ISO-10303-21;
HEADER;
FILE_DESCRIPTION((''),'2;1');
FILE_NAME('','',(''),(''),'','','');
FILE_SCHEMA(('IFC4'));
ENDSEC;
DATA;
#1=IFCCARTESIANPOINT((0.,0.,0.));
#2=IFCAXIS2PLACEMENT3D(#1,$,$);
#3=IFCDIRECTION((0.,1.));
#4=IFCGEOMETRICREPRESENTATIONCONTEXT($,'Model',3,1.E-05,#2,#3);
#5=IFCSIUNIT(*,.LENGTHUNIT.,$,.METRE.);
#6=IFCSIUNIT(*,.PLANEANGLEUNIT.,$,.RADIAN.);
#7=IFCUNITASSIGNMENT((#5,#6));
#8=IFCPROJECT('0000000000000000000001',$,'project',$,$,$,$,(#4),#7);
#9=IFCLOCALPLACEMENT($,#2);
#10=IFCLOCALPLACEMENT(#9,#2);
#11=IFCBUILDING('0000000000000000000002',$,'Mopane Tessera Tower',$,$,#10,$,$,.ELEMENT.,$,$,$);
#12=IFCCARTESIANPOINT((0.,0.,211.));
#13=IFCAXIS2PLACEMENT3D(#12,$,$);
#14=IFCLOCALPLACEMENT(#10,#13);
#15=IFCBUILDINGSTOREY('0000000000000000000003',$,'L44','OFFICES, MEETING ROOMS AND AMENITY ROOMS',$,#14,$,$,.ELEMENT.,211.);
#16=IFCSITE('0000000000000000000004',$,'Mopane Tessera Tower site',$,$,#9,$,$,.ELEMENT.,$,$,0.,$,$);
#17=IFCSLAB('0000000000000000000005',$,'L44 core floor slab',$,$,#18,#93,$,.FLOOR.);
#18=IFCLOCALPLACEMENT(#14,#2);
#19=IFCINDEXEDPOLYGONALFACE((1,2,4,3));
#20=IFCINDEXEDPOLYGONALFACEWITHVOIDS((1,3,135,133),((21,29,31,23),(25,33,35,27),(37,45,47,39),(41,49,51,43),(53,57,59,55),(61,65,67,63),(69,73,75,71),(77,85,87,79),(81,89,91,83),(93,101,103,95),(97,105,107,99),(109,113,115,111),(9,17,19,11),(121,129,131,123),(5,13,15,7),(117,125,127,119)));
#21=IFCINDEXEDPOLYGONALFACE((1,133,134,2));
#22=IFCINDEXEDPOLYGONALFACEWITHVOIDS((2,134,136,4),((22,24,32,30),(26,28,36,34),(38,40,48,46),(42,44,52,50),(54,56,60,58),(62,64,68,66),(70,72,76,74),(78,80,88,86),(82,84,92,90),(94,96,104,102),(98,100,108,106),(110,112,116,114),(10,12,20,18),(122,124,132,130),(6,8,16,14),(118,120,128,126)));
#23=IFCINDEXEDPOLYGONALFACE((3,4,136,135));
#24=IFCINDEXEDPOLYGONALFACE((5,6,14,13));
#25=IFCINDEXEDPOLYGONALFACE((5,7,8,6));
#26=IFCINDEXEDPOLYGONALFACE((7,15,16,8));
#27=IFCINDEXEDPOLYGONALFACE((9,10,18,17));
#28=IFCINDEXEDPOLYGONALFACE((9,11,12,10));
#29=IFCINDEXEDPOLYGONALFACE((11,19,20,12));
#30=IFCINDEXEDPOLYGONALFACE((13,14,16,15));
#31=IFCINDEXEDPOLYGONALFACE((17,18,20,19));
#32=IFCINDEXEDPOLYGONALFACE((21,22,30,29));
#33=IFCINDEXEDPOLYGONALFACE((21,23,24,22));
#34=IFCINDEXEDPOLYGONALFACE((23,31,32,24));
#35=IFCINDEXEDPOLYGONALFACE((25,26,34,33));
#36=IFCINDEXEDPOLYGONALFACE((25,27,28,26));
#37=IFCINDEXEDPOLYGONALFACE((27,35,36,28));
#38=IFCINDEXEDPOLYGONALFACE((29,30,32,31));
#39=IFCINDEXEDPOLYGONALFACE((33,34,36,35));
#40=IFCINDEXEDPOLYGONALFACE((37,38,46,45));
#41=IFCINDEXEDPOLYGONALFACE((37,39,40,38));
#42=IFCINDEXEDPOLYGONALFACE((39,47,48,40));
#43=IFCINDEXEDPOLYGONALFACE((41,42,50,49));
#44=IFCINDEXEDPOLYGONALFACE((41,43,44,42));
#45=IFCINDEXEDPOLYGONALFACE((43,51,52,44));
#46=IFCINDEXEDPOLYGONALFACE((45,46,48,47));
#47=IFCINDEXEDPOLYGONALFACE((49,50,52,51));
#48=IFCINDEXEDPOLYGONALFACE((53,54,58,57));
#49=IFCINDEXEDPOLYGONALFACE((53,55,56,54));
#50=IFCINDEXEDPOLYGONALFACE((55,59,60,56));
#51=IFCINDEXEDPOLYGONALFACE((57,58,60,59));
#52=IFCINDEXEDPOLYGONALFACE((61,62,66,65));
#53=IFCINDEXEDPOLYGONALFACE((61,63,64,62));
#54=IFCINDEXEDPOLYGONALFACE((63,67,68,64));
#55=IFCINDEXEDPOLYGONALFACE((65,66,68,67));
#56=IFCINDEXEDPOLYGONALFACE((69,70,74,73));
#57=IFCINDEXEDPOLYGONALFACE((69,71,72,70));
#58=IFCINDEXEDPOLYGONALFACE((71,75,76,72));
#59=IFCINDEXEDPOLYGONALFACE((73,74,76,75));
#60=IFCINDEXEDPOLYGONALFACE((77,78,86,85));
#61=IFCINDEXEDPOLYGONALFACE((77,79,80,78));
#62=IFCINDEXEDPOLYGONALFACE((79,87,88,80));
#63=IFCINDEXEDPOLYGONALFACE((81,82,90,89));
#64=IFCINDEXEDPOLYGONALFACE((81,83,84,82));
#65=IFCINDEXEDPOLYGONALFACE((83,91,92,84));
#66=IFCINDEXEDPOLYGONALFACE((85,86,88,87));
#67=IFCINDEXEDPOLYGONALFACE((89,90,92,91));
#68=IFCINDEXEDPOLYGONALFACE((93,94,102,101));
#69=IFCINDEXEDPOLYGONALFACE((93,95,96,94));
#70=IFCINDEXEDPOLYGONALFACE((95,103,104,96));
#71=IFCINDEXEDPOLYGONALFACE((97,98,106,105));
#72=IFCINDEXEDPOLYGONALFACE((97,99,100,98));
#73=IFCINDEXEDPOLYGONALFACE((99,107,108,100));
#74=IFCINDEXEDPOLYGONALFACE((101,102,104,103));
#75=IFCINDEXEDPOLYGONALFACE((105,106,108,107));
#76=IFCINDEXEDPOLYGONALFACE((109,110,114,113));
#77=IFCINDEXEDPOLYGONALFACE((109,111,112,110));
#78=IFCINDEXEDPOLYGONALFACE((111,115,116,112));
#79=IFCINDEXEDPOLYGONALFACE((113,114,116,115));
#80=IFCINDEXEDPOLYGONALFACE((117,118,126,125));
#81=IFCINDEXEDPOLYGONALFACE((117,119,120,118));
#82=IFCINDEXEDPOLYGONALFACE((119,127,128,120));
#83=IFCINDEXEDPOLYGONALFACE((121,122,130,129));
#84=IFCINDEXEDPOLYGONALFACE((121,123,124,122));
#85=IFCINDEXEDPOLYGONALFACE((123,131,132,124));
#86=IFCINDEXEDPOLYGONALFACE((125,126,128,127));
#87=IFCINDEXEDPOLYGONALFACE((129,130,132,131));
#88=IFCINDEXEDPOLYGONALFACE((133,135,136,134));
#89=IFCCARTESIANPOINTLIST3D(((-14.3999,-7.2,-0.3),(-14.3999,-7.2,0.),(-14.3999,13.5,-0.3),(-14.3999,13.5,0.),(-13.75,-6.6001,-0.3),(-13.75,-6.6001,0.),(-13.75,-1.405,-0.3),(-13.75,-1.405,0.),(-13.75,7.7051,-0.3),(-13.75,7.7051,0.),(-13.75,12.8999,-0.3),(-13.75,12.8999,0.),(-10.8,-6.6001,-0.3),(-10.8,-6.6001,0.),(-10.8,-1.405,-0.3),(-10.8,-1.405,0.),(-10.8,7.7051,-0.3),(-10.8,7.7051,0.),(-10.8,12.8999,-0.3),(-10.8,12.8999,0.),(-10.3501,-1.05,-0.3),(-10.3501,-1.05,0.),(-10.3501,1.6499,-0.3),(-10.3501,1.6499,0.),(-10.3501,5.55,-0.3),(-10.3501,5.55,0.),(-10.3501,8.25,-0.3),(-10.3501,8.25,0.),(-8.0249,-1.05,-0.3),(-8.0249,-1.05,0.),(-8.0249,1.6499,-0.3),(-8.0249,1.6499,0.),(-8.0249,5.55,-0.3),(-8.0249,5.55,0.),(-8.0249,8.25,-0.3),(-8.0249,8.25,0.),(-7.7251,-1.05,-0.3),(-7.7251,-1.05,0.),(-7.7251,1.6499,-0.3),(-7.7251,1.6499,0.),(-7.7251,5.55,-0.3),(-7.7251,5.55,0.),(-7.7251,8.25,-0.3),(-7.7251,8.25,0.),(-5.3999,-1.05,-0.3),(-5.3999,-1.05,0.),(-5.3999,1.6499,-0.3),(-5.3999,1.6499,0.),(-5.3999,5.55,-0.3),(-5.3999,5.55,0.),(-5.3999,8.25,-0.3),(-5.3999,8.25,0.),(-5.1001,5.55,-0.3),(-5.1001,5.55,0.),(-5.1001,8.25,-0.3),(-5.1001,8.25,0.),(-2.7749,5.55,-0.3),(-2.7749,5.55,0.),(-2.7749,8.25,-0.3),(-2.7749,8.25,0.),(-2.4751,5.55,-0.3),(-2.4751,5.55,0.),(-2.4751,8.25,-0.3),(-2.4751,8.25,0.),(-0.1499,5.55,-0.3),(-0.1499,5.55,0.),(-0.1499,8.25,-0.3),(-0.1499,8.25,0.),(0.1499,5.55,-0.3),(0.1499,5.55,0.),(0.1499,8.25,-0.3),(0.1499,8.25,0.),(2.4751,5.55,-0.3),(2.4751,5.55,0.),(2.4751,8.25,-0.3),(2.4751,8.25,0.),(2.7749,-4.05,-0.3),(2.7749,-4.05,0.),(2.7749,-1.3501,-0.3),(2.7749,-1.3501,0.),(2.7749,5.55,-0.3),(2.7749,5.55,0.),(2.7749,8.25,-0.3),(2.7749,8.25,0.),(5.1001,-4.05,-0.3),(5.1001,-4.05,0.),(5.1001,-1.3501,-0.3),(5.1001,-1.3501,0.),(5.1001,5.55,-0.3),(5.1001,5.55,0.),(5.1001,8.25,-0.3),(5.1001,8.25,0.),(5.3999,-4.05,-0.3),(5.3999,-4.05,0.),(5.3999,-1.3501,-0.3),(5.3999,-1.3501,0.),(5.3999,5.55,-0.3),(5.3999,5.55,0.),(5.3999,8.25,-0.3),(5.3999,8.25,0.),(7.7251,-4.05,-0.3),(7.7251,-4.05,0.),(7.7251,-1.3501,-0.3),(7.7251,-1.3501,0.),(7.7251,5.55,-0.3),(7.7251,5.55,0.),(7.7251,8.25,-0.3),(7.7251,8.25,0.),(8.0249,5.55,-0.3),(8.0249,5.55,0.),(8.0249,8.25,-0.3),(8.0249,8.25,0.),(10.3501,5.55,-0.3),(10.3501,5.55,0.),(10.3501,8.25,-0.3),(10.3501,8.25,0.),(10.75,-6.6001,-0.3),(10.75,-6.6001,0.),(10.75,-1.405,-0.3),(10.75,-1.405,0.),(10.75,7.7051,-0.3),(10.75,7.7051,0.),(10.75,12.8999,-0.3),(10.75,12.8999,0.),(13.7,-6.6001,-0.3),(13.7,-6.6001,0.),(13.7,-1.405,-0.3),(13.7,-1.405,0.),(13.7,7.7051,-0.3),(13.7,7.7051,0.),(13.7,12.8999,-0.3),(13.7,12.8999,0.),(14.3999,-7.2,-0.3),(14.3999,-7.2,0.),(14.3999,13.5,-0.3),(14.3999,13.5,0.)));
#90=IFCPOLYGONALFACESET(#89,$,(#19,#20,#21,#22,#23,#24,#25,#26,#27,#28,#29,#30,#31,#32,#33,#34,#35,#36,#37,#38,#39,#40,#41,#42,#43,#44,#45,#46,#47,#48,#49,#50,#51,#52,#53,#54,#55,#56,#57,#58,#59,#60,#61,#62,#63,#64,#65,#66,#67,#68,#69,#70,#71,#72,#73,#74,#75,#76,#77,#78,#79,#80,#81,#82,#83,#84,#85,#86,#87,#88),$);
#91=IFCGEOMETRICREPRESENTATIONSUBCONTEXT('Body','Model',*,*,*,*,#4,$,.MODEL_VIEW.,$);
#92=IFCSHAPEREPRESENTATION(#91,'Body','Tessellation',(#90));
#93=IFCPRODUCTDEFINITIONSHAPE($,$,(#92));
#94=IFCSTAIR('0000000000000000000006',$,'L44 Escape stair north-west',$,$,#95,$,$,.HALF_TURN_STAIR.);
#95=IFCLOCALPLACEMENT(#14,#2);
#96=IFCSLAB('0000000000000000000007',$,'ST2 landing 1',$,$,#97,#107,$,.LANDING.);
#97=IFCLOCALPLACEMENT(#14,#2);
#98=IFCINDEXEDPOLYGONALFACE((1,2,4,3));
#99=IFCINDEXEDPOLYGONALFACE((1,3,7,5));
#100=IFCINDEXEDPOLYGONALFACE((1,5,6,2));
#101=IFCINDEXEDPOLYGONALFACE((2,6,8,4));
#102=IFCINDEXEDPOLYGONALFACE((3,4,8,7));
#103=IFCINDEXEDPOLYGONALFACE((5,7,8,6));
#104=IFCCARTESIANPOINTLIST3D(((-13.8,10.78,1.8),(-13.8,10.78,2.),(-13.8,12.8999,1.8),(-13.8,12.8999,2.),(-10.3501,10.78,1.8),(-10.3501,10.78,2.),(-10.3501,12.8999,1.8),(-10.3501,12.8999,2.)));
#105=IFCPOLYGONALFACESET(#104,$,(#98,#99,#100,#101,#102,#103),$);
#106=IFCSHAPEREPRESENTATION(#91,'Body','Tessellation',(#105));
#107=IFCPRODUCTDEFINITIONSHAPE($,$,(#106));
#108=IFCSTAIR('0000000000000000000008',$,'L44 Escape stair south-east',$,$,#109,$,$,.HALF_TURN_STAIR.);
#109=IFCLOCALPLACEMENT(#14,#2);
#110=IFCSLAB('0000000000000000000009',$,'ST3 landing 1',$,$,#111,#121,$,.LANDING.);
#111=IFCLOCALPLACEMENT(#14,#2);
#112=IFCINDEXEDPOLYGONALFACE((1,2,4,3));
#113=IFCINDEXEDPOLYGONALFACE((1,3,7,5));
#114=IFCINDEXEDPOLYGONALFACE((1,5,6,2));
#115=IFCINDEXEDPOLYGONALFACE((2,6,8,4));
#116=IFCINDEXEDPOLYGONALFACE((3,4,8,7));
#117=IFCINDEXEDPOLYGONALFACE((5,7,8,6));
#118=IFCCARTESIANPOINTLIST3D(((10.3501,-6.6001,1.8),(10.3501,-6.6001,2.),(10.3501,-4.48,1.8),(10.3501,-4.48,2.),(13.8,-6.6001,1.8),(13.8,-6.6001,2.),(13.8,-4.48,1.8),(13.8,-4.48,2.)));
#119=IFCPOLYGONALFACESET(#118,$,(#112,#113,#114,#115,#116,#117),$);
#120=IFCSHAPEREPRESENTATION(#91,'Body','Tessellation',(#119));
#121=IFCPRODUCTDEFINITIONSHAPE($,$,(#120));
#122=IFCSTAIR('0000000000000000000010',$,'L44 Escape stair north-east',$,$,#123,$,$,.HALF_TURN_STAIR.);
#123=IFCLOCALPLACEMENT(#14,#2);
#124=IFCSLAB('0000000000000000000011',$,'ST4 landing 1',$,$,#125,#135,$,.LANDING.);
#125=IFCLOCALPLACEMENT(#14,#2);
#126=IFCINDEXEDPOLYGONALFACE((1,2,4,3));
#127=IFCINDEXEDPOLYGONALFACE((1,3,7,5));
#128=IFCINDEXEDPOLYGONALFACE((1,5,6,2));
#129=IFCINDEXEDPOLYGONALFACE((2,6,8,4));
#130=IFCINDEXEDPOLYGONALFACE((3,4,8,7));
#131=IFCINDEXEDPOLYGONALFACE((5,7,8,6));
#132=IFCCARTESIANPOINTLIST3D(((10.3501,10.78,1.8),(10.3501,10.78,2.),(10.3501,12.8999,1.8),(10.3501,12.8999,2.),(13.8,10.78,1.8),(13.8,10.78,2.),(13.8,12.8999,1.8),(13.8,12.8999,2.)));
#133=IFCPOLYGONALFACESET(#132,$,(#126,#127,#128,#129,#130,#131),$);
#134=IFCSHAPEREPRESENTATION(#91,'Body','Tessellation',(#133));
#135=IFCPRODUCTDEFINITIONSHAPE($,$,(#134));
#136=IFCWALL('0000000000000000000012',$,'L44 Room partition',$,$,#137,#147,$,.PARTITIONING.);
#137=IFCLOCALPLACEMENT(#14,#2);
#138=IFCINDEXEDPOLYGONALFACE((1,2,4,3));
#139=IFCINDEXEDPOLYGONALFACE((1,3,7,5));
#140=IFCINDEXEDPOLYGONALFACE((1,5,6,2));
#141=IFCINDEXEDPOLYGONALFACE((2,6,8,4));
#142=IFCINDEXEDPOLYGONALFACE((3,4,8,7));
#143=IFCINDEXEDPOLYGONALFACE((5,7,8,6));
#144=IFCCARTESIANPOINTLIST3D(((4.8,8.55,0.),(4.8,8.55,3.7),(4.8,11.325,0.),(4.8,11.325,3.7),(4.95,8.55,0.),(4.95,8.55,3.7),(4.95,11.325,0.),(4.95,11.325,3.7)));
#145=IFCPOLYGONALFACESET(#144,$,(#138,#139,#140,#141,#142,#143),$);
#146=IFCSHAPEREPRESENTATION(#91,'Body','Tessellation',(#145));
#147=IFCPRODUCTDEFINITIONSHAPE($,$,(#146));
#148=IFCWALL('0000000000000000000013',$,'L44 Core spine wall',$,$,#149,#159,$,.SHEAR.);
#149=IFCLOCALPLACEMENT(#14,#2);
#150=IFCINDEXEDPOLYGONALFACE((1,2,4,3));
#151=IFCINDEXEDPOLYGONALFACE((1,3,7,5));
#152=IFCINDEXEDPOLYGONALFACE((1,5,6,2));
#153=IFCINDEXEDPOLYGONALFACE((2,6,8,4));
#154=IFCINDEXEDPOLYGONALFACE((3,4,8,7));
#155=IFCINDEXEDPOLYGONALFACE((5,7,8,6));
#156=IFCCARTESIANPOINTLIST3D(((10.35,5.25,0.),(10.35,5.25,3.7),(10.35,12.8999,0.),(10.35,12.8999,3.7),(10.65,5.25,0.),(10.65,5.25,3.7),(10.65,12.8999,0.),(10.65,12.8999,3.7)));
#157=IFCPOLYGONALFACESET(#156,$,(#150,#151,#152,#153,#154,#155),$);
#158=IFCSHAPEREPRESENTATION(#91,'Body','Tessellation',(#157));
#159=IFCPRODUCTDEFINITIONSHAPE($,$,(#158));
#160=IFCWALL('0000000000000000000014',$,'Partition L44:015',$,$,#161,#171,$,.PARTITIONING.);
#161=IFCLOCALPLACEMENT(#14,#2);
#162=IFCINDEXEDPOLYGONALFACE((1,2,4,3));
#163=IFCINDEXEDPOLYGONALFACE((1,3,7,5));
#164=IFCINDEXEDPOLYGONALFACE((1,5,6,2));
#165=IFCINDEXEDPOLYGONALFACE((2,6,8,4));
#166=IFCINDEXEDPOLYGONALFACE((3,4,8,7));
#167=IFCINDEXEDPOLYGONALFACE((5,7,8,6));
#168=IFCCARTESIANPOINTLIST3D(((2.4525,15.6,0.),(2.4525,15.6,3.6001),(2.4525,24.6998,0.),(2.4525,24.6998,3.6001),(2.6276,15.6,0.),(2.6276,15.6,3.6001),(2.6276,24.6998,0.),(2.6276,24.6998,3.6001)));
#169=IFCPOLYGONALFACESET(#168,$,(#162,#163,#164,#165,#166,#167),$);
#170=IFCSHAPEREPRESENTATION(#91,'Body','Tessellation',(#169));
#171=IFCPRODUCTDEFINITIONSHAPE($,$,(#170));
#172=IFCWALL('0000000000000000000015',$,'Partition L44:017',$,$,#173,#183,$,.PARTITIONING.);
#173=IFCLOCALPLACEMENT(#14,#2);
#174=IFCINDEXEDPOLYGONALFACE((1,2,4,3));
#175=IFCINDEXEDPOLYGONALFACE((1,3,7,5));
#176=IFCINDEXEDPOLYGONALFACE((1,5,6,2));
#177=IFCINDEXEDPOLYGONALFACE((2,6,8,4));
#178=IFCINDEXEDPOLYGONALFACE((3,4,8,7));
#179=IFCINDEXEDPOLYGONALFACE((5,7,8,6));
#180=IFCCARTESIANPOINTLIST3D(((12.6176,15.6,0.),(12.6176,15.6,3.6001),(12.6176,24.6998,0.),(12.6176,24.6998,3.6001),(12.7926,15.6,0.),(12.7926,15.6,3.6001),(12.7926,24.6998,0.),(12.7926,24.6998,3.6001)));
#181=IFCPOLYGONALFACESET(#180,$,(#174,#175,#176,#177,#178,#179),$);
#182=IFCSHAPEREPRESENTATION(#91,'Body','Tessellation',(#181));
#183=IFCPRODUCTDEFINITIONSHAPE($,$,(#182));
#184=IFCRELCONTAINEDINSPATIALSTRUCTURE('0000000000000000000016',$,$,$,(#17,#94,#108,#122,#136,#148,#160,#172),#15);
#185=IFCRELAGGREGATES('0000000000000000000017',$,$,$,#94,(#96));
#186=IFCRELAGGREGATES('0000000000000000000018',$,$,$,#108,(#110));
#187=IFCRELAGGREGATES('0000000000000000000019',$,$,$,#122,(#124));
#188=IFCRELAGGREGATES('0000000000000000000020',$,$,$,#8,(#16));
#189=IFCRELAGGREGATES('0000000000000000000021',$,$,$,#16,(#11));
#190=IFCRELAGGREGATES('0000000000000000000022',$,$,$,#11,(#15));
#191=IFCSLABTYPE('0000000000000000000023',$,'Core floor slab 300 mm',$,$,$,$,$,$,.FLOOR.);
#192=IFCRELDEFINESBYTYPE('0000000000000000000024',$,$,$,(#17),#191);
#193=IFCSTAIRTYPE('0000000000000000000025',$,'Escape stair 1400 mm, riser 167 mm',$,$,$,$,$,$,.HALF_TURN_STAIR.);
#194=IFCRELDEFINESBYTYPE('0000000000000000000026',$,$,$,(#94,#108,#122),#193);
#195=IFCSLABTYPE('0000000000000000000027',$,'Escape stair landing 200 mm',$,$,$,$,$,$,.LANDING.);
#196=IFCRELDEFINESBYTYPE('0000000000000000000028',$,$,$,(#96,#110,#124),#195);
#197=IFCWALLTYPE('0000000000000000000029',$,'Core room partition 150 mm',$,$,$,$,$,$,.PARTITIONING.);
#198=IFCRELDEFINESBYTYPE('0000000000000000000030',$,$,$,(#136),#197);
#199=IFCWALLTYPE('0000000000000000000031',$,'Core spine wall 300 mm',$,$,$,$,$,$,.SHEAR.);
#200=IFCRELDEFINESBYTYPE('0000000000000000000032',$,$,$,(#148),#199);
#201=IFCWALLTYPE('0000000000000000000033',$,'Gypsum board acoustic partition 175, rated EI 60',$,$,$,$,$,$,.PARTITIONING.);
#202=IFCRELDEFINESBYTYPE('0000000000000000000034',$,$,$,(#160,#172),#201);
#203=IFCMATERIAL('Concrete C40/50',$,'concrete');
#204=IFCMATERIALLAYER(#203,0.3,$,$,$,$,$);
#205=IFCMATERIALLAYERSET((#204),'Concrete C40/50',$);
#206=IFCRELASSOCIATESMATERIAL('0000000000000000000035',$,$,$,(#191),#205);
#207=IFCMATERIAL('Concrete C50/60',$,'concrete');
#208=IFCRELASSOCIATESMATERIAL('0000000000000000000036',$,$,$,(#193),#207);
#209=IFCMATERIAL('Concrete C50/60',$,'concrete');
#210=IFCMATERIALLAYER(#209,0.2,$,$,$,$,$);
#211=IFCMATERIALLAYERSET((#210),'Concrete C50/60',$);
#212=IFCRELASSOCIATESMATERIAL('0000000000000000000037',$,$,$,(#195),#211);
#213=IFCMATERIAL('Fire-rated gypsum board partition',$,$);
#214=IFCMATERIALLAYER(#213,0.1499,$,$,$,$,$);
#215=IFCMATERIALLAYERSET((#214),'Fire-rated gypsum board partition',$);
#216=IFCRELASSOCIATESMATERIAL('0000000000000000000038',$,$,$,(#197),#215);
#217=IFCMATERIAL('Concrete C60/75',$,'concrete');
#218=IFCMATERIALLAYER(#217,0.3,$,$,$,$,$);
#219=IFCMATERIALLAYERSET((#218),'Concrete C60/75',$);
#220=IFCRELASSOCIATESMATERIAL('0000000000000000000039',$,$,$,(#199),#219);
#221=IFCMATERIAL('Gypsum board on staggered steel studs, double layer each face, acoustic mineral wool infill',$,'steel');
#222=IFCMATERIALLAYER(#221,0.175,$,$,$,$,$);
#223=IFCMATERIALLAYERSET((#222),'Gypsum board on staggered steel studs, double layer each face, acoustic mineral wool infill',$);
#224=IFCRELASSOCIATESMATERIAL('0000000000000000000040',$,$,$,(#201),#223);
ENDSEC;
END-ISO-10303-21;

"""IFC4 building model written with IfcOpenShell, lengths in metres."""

from ifc_helpers import new_model, si_unit, direction, frame, frame_2d, origin, place, context, subcontext, project, spatial, polyline, rectangle, outline, extrude, material, layer, layer_set, type_object, element, aggregate, save


model = new_model("IFC4")

# Units and contexts
model_context = context("Model", 3, precision=1e-05, world=origin(), true_north=direction((0.0, 1.0)))
body_context = subcontext(model_context, "Body", "Model", "MODEL_VIEW")
ifc_project = project(units=[si_unit("LENGTHUNIT", "METRE"), si_unit("PLANEANGLEUNIT", "RADIAN")], contexts=[model_context])

# Site, building, storey
site_placement = place(None, origin())
site = spatial("IfcSite", under=ifc_project, at=site_placement, Name="Mopane Tessera Tower site", CompositionType="ELEMENT", RefElevation=0.0)
building_placement = place(site_placement, origin())
building = spatial("IfcBuilding", under=site, at=building_placement, Name="Mopane Tessera Tower", CompositionType="ELEMENT")
storey_placement = place(building_placement, frame((0.0, 0.0, 211.0)))
storey = spatial("IfcBuildingStorey", under=building, at=storey_placement, Name="L44", Description="OFFICES, MEETING ROOMS AND AMENITY ROOMS", CompositionType="ELEMENT", Elevation=211.0)

# Slab
ifc_material_1 = material(Name="Concrete C40/50", Category="concrete")
ifc_layer_1 = layer(ifc_material_1, 0.3)
ifc_layer_set_1 = layer_set([ifc_layer_1], Name="Concrete C40/50")
slab_type_1 = type_object("IfcSlabType", Name="Core floor slab 300 mm", PredefinedType="FLOOR", material=ifc_layer_set_1)
slab_1_placement = place(storey_placement, frame((0.0, 0.0, -0.3)))
element("IfcSlab", 1, at=slab_1_placement, inside=storey, type_object=slab_type_1, Name="L44 core floor slab", PredefinedType="FLOOR", context=body_context, shape_type="SweptSolid", body=[
    extrude(outline(polyline([(-14.3999, -7.2), (14.3999, -7.2), (14.3999, 13.5), (-14.3999, 13.5), (-14.3999, -7.2)]), holes=[polyline([(-10.3501, -1.05), (-8.0249, -1.05), (-8.0249, 1.6499), (-10.3501, 1.6499), (-10.3501, -1.05)]), polyline([(-7.7251, -1.05), (-5.3999, -1.05), (-5.3999, 1.6499), (-7.7251, 1.6499), (-7.7251, -1.05)]), polyline([(-10.3501, 5.55), (-8.0249, 5.55), (-8.0249, 8.25), (-10.3501, 8.25), (-10.3501, 5.55)]), polyline([(-7.7251, 5.55), (-5.3999, 5.55), (-5.3999, 8.25), (-7.7251, 8.25), (-7.7251, 5.55)]), polyline([(-5.1001, 5.55), (-2.7749, 5.55), (-2.7749, 8.25), (-5.1001, 8.25), (-5.1001, 5.55)]), polyline([(-2.4751, 5.55), (-0.1499, 5.55), (-0.1499, 8.25), (-2.4751, 8.25), (-2.4751, 5.55)]), polyline([(0.1499, 5.55), (2.4751, 5.55), (2.4751, 8.25), (0.1499, 8.25), (0.1499, 5.55)]), polyline([(2.7749, 5.55), (5.1001, 5.55), (5.1001, 8.25), (2.7749, 8.25), (2.7749, 5.55)]), polyline([(5.3999, 5.55), (7.7251, 5.55), (7.7251, 8.25), (5.3999, 8.25), (5.3999, 5.55)]), polyline([(8.0249, 5.55), (10.3501, 5.55), (10.3501, 8.25), (8.0249, 8.25), (8.0249, 5.55)]), polyline([(2.7749, -4.05), (5.1001, -4.05), (5.1001, -1.3501), (2.7749, -1.3501), (2.7749, -4.05)]), polyline([(5.3999, -4.05), (7.7251, -4.05), (7.7251, -1.3501), (5.3999, -1.3501), (5.3999, -4.05)]), polyline([(-13.75, -1.405), (-13.75, -6.6001), (-10.8, -6.6001), (-10.8, -1.405), (-13.75, -1.405)]), polyline([(-10.8, 7.7051), (-10.8, 12.8999), (-13.75, 12.8999), (-13.75, 7.7051), (-10.8, 7.7051)]), polyline([(10.75, -1.405), (10.75, -6.6001), (13.7, -6.6001), (13.7, -1.405), (10.75, -1.405)]), polyline([(13.7, 7.7051), (13.7, 12.8999), (10.75, 12.8999), (10.75, 7.7051), (13.7, 7.7051)])]), origin(), (0.0, 0.0, 1.0), 0.3),
])

# Stairs, slabs
ifc_material_2 = material(Name="Concrete C50/60", Category="concrete")
stair_type = type_object("IfcStairType", Name="Escape stair 1400 mm, riser 167 mm", PredefinedType="HALF_TURN_STAIR", material=ifc_material_2)
stair_1_placement = place(storey_placement, origin())
stair_1 = element("IfcStair", 2, at=stair_1_placement, inside=storey, type_object=stair_type, Name="L44 Escape stair north-west", PredefinedType="HALF_TURN_STAIR")
ifc_material_3 = material(Name="Concrete C50/60", Category="concrete")
ifc_layer_2 = layer(ifc_material_3, 0.2)
ifc_layer_set_2 = layer_set([ifc_layer_2], Name="Concrete C50/60")
slab_type_2 = type_object("IfcSlabType", Name="Escape stair landing 200 mm", PredefinedType="LANDING", material=ifc_layer_set_2)
slab_2_placement = place(storey_placement, frame((0.0, 0.0, 1.8)))
slab_2 = element("IfcSlab", 3, at=slab_2_placement, type_object=slab_type_2, Name="ST2 landing 1", PredefinedType="LANDING", context=body_context, shape_type="SweptSolid", body=[
    extrude(outline(polyline([(-10.3501, 10.78), (-10.3501, 12.8999), (-13.8, 12.8999), (-13.8, 10.78), (-10.3501, 10.78)])), origin(), (0.0, 0.0, 1.0), 0.2),
])
aggregate(stair_1, [slab_2])
stair_2_placement = place(storey_placement, origin())
stair_2 = element("IfcStair", 4, at=stair_2_placement, inside=storey, type_object=stair_type, Name="L44 Escape stair south-east", PredefinedType="HALF_TURN_STAIR")
slab_3_placement = place(storey_placement, frame((0.0, 0.0, 1.8)))
slab_3 = element("IfcSlab", 5, at=slab_3_placement, type_object=slab_type_2, Name="ST3 landing 1", PredefinedType="LANDING", context=body_context, shape_type="SweptSolid", body=[
    extrude(outline(polyline([(10.3501, -4.48), (10.3501, -6.6001), (13.8, -6.6001), (13.8, -4.48), (10.3501, -4.48)])), origin(), (0.0, 0.0, 1.0), 0.2),
])
aggregate(stair_2, [slab_3])
stair_3_placement = place(storey_placement, origin())
stair_3 = element("IfcStair", 6, at=stair_3_placement, inside=storey, type_object=stair_type, Name="L44 Escape stair north-east", PredefinedType="HALF_TURN_STAIR")
slab_4_placement = place(storey_placement, frame((0.0, 0.0, 1.8)))
slab_4 = element("IfcSlab", 7, at=slab_4_placement, type_object=slab_type_2, Name="ST4 landing 1", PredefinedType="LANDING", context=body_context, shape_type="SweptSolid", body=[
    extrude(outline(polyline([(13.8, 10.78), (13.8, 12.8999), (10.3501, 12.8999), (10.3501, 10.78), (13.8, 10.78)])), origin(), (0.0, 0.0, 1.0), 0.2),
])

# Walls
ifc_material_4 = material(Name="Fire-rated gypsum board partition")
ifc_layer_3 = layer(ifc_material_4, 0.1499)
ifc_layer_set_3 = layer_set([ifc_layer_3], Name="Fire-rated gypsum board partition")
wall_type_1 = type_object("IfcWallType", Name="Core room partition 150 mm", PredefinedType="PARTITIONING", material=ifc_layer_set_3)
wall_1_placement = place(storey_placement, frame((4.875, 8.55, 0.0), z_axis=(0.0, 0.0, 1.0), x_axis=(0.0, 1.0, 0.0)))
element("IfcWall", 8, at=wall_1_placement, inside=storey, type_object=wall_type_1, Name="L44 Room partition", PredefinedType="PARTITIONING", context=body_context, shape_type="SweptSolid", body=[
    extrude(rectangle(XDim=2.7749, YDim=0.1499, at=frame_2d((1.3875, 0.0))), origin(), (0.0, 0.0, 1.0), 3.7),
])
ifc_material_5 = material(Name="Concrete C60/75", Category="concrete")
ifc_layer_4 = layer(ifc_material_5, 0.3)
ifc_layer_set_4 = layer_set([ifc_layer_4], Name="Concrete C60/75")
wall_type_2 = type_object("IfcWallType", Name="Core spine wall 300 mm", PredefinedType="SHEAR", material=ifc_layer_set_4)
wall_2_placement = place(storey_placement, frame((10.5, 5.25, 0.0), z_axis=(0.0, 0.0, 1.0), x_axis=(0.0, 1.0, 0.0)))
element("IfcWall", 9, at=wall_2_placement, inside=storey, type_object=wall_type_2, Name="L44 Core spine wall", PredefinedType="SHEAR", context=body_context, shape_type="SweptSolid", body=[
    extrude(rectangle(XDim=7.6499, YDim=0.3, at=frame_2d((3.825, 0.0))), origin(), (0.0, 0.0, 1.0), 3.7),
])
ifc_material_6 = material(Name="Gypsum board on staggered steel studs, double layer each face, acoustic mineral wool infill", Category="steel")
ifc_layer_5 = layer(ifc_material_6, 0.175)
ifc_layer_set_5 = layer_set([ifc_layer_5], Name="Gypsum board on staggered steel studs, double layer each face, acoustic mineral wool infill")
wall_type_3 = type_object("IfcWallType", Name="Gypsum board acoustic partition 175, rated EI 60", PredefinedType="PARTITIONING", material=ifc_layer_set_5)
for number, where, z_axis, x_axis, name in (
    (10, (2.54, 15.6001, 0.0), (0.0, 0.0, 1.0), (0.0, 1.0, 0.0), "Partition L44:015"),
    (11, (12.7051, 15.6001, 0.0), (0.0, 0.0, 1.0), (0.0, 1.0, 0.0), "Partition L44:017"),
):
    element("IfcWall", number, at=place(storey_placement, frame(where, z_axis=z_axis, x_axis=x_axis)), inside=storey, type_object=wall_type_3, Name=name, PredefinedType="PARTITIONING", context=body_context, shape_type="SweptSolid", body=[
        extrude(rectangle(XDim=9.0999, YDim=0.175, at=frame_2d((4.5498, 0.0))), origin(), (0.0, 0.0, 1.0), 3.6001),
    ])

aggregate(stair_3, [slab_4])

save(model, "model.ifc")
